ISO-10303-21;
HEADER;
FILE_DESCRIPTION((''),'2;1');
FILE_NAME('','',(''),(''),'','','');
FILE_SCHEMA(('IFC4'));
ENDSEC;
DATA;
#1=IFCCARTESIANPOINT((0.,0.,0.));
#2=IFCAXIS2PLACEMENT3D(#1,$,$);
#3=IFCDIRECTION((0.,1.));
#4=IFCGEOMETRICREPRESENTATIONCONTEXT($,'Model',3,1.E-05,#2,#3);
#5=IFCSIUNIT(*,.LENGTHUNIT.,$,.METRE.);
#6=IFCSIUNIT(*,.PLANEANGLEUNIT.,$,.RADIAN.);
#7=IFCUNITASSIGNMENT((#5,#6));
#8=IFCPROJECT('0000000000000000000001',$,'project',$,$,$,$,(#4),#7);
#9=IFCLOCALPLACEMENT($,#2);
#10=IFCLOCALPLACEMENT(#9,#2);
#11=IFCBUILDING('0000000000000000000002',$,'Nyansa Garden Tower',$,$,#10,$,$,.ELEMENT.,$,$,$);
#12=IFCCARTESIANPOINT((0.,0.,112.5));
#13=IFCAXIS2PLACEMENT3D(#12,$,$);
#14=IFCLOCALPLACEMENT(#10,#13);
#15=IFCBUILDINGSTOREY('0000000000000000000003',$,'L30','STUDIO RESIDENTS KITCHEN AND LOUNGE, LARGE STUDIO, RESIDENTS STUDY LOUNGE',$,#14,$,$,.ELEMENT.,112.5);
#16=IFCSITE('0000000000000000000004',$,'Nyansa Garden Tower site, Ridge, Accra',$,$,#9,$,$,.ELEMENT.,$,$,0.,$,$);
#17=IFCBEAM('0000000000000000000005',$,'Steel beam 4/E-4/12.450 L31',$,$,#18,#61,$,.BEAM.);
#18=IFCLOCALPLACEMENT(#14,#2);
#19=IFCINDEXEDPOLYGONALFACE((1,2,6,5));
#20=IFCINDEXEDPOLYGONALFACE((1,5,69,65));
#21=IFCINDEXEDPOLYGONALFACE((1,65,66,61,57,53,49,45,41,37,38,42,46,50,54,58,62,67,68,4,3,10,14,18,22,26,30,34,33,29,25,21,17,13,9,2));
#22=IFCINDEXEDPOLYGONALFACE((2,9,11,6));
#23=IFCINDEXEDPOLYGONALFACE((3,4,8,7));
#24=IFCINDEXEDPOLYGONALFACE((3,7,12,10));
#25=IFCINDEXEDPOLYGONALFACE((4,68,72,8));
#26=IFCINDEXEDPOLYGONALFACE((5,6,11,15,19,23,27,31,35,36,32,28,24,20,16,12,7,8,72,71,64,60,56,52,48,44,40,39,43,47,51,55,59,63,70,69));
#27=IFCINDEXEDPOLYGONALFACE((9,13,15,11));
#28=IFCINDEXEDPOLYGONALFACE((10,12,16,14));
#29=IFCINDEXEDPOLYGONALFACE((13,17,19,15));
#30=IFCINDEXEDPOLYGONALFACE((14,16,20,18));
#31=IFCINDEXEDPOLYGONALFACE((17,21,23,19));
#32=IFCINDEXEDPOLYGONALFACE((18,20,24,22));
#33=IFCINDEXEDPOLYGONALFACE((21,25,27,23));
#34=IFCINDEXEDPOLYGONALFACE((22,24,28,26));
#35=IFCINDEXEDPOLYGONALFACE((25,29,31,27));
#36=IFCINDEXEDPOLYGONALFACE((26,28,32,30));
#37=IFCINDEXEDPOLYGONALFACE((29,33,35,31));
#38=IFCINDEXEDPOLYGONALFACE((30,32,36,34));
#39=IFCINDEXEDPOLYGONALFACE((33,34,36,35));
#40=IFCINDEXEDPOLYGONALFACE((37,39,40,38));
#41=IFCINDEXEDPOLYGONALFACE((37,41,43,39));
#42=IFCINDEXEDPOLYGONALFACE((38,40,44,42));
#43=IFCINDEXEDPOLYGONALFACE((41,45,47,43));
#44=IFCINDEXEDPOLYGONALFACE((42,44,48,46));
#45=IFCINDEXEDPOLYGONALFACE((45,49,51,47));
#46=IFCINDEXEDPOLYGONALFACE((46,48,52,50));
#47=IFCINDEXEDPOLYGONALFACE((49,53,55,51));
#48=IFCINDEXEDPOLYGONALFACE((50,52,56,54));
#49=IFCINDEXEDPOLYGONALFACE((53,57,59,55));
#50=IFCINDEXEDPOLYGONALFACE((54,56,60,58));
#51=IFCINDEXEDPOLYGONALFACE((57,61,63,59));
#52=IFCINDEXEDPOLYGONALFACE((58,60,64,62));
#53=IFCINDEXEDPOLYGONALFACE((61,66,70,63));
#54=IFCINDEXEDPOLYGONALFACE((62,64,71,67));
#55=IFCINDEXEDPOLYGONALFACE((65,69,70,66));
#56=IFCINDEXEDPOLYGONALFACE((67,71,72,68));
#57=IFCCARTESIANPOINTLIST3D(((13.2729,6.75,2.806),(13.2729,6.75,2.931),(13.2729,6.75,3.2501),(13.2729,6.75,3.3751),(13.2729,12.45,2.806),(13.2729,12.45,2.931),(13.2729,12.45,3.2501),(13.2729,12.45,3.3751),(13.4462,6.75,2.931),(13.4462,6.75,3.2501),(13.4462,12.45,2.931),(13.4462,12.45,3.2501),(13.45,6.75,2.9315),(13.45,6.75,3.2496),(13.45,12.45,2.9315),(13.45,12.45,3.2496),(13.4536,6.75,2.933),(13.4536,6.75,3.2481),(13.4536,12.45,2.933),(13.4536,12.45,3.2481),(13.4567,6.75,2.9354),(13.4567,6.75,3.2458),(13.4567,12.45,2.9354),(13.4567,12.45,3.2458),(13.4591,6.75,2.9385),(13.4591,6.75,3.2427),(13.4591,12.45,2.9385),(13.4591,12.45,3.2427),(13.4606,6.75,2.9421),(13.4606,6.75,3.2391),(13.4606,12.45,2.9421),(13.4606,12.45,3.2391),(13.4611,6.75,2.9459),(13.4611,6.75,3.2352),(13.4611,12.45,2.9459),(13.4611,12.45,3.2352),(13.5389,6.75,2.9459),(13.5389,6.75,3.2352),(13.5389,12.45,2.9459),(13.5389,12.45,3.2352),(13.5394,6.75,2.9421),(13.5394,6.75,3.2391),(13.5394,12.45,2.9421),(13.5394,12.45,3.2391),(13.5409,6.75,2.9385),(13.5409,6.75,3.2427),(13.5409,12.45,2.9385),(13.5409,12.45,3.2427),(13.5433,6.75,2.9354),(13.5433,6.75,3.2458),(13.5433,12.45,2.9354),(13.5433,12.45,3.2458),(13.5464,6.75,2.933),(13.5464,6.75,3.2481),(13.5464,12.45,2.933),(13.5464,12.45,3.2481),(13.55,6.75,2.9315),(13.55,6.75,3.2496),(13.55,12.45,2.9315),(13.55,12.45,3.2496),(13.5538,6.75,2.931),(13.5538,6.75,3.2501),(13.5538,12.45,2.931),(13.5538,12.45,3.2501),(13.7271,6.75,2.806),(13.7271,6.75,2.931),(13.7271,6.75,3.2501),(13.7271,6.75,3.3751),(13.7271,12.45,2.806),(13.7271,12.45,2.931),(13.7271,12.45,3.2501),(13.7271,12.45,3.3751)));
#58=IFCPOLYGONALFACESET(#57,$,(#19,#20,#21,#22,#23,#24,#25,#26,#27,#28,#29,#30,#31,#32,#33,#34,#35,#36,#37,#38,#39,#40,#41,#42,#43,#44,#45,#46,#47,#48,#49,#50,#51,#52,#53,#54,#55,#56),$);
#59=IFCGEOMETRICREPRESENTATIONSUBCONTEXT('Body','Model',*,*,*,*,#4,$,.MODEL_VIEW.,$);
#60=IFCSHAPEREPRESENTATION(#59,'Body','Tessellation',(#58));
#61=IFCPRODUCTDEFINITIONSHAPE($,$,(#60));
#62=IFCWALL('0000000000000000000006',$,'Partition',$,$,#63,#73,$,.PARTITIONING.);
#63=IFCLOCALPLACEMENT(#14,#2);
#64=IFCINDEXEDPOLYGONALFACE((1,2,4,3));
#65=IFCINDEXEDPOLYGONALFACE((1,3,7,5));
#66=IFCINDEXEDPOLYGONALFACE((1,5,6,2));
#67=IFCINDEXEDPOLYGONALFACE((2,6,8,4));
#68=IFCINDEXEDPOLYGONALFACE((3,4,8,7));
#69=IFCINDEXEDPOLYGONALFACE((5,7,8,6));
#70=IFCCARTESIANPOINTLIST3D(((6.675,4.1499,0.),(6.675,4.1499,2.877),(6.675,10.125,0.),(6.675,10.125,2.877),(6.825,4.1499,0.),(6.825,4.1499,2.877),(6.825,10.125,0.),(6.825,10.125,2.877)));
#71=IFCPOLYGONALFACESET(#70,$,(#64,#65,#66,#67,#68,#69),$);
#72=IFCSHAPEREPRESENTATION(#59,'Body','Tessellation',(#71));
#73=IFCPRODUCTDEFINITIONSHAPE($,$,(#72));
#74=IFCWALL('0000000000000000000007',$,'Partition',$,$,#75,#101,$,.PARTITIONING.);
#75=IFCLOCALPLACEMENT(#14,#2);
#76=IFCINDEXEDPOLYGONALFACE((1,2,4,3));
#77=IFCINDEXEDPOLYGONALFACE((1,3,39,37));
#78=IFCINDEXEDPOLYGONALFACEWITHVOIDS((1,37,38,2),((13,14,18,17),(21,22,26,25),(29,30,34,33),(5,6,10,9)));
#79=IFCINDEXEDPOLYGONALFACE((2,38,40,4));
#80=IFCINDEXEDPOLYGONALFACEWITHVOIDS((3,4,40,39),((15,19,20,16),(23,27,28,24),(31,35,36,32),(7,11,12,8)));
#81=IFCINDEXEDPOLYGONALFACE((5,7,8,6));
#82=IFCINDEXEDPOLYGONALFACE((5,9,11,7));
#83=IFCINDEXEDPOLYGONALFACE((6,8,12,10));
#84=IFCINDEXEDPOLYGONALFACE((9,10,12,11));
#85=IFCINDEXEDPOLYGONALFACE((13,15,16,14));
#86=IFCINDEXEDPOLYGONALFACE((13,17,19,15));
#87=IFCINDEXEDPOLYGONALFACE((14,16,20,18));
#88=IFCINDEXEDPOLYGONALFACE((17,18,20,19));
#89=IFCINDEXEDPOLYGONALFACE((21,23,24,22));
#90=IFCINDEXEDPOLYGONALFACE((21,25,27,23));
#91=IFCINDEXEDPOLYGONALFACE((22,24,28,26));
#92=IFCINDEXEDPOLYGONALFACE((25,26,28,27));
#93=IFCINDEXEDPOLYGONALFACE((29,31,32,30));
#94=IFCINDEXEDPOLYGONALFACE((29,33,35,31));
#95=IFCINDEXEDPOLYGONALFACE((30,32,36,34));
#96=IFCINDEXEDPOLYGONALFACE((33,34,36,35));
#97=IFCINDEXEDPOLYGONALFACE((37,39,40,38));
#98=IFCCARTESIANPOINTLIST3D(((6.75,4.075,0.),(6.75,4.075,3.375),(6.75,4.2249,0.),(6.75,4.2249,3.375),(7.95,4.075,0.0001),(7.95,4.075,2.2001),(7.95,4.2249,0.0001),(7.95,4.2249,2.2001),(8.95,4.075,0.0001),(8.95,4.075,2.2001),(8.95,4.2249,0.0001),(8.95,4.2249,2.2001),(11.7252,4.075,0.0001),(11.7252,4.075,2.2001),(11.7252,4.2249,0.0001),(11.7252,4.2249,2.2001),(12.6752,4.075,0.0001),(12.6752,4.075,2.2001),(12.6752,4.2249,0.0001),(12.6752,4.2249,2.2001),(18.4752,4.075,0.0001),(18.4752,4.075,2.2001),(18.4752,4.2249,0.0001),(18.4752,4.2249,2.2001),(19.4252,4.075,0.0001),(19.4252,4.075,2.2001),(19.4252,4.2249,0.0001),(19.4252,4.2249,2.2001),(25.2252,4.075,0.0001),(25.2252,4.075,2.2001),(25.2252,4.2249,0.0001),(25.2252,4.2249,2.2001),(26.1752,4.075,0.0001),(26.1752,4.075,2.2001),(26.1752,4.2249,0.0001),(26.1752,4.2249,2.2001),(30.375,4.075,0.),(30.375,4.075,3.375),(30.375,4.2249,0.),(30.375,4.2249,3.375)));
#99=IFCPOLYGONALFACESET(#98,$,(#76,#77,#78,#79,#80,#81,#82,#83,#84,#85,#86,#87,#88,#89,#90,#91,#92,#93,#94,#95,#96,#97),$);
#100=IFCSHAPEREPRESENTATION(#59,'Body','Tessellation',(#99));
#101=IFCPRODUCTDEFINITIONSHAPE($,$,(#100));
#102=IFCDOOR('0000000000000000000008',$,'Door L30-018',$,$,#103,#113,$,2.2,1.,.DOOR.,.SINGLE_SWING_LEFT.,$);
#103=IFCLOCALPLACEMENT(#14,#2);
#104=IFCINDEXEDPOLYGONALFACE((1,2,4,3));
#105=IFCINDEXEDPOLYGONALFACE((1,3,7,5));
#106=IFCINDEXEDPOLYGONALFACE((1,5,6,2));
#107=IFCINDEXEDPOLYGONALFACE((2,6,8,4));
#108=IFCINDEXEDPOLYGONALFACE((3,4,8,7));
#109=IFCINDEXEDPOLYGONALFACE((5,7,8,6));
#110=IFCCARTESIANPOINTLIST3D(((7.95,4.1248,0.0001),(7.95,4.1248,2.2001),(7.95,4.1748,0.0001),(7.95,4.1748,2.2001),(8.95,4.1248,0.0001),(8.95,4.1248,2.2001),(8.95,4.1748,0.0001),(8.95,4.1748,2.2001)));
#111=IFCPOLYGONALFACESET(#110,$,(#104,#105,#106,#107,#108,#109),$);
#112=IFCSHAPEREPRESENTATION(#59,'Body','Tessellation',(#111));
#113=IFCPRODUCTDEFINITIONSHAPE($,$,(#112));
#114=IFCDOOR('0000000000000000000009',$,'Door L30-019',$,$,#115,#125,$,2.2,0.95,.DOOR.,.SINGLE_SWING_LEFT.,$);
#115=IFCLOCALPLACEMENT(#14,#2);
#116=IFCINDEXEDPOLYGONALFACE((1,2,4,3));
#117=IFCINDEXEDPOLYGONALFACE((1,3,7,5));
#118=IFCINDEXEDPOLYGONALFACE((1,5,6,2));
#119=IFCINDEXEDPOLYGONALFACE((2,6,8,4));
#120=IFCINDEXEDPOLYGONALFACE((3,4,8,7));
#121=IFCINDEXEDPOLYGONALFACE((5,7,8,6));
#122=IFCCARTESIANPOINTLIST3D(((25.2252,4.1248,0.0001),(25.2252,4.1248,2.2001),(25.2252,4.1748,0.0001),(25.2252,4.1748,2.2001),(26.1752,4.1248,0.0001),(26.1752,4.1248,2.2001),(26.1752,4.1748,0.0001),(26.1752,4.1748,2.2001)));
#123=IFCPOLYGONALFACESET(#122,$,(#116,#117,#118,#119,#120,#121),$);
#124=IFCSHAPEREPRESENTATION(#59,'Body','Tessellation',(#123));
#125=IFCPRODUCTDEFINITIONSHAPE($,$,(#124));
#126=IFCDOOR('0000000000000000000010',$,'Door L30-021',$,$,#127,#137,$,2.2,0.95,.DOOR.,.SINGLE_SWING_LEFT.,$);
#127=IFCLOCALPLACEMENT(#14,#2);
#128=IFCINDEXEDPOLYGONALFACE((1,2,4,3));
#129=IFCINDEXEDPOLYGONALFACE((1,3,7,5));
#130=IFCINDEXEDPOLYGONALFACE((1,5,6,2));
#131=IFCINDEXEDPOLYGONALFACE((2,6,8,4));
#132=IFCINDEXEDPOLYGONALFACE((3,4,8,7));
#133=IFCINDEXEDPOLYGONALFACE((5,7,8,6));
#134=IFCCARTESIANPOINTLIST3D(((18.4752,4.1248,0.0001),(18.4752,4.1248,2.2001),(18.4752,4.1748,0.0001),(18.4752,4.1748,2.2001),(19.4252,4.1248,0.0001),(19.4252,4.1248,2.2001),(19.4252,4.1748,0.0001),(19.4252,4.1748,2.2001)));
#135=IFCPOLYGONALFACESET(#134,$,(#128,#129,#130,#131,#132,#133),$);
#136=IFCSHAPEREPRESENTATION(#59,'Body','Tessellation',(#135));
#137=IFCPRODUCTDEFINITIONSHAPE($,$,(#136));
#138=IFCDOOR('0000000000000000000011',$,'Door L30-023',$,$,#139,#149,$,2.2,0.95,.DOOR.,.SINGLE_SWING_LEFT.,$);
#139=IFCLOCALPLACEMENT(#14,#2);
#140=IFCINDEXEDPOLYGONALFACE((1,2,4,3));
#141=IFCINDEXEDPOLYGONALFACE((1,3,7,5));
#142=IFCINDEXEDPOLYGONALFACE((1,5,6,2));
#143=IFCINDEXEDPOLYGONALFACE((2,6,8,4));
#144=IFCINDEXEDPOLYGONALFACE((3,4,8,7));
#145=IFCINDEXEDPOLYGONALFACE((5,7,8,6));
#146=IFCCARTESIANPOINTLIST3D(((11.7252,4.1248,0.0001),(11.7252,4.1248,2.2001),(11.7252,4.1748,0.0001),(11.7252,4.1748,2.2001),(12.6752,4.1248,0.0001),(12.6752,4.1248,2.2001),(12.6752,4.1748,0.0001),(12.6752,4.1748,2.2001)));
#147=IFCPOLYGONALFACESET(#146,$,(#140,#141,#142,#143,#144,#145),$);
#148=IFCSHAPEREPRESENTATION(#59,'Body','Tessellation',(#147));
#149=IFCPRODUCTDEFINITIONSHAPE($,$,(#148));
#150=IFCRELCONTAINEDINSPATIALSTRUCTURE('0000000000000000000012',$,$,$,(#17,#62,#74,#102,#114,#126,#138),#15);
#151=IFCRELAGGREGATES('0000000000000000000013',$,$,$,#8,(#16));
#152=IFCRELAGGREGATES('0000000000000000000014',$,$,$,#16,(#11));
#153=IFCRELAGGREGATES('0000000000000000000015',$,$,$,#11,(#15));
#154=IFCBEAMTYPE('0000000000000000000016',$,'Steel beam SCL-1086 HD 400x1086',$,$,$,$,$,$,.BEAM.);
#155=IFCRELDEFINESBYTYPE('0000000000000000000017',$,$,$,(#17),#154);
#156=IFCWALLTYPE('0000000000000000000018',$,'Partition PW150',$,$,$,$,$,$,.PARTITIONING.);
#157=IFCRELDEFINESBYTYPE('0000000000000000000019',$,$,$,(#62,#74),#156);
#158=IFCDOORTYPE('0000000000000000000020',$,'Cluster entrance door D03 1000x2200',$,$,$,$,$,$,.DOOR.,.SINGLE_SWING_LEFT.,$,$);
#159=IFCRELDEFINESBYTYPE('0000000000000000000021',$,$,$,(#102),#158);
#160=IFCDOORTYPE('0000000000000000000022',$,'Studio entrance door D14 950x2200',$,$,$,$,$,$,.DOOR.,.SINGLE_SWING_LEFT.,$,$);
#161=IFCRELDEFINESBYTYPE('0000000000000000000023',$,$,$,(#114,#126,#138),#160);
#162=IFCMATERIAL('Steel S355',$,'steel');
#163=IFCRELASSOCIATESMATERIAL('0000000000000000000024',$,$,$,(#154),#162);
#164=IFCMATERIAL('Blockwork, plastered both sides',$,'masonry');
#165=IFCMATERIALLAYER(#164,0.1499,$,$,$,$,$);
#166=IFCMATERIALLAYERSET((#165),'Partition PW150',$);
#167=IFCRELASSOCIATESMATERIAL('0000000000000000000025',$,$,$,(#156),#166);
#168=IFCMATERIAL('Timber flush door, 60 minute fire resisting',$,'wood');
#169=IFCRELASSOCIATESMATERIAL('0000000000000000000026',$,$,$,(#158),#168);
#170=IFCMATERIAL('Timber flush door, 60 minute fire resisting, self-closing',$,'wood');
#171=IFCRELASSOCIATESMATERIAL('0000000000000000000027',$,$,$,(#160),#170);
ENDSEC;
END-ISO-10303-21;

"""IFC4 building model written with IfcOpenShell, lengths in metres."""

from ifc_helpers import new_model, si_unit, direction, frame, frame_2d, origin, origin_2d, place, context, subcontext, project, spatial, rectangle, i_section, extrude, material, layer, layer_set, material_profile, profile_set, type_object, element, fill, save


model = new_model("IFC4")

# Units and contexts
model_context = context("Model", 3, precision=1e-05, world=origin(), true_north=direction((0.0, 1.0)))
body_context = subcontext(model_context, "Body", "Model", "MODEL_VIEW")
ifc_project = project(units=[si_unit("LENGTHUNIT", "METRE"), si_unit("PLANEANGLEUNIT", "RADIAN")], contexts=[model_context])

# Site, building, storey
site_placement = place(None, origin())
site = spatial("IfcSite", under=ifc_project, at=site_placement, Name="Nyansa Garden Tower site, Ridge, Accra", CompositionType="ELEMENT", RefElevation=0.0)
building_placement = place(site_placement, origin())
building = spatial("IfcBuilding", under=site, at=building_placement, Name="Nyansa Garden Tower", CompositionType="ELEMENT")
storey_placement = place(building_placement, frame((0.0, 0.0, 112.5)))
storey = spatial("IfcBuildingStorey", under=building, at=storey_placement, Name="L30", Description="STUDIO RESIDENTS KITCHEN AND LOUNGE, LARGE STUDIO, RESIDENTS STUDY LOUNGE", CompositionType="ELEMENT", Elevation=112.5)

# Beam
ifc_material_1 = material(Name="Steel S355", Category="steel")
ifc_material_profile_1 = material_profile(ifc_material_1, i_section(OverallWidth=0.4541, OverallDepth=0.5691, WebThickness=0.0779, FlangeThickness=0.125, FilletRadius=0.0149, at=origin_2d()), Name="HD 400x1086")
ifc_profile_set_1 = profile_set([ifc_material_profile_1], Name="Steel S355")
beam_type_1 = type_object("IfcBeamType", Name="Steel beam SCL-1086 HD 400x1086", PredefinedType="BEAM", material=ifc_profile_set_1)
beam_placement = place(storey_placement, frame((13.5, 6.75, 3.0906), z_axis=(0.0, 1.0, 0.0), x_axis=(-1.0, 0.0, 0.0)))
element("IfcBeam", 1, at=beam_placement, inside=storey, type_object=beam_type_1, Name="Steel beam 4/E-4/12.450 L31", PredefinedType="BEAM", context=body_context, shape_type="SweptSolid", body=[
    extrude(i_section(OverallWidth=0.4541, OverallDepth=0.5691, WebThickness=0.0779, FlangeThickness=0.125, FilletRadius=0.0149, at=origin_2d()), origin(), (0.0, 0.0, 1.0), 5.7),
])

# Wall
ifc_material_2 = material(Name="Blockwork, plastered both sides", Category="masonry")
ifc_layer_1 = layer(ifc_material_2, 0.1499)
ifc_layer_set_1 = layer_set([ifc_layer_1], Name="Partition PW150")
wall_type_1 = type_object("IfcWallType", Name="Partition PW150", PredefinedType="PARTITIONING", material=ifc_layer_set_1)
wall_1_placement = place(storey_placement, frame((6.75, 4.1499, 0.0), z_axis=(0.0, 0.0, 1.0), x_axis=(0.0, 1.0, 0.0)))
element("IfcWall", 2, at=wall_1_placement, inside=storey, type_object=wall_type_1, Name="Partition", PredefinedType="PARTITIONING", context=body_context, shape_type="SweptSolid", body=[
    extrude(rectangle(XDim=5.9751, YDim=0.1499, at=frame_2d((2.9875, 0.0))), origin(), (0.0, 0.0, 1.0), 2.877),
])

# Wall, openings, doors
wall_2_placement = place(storey_placement, frame((6.75, 4.1499, 0.0), z_axis=(0.0, 0.0, 1.0), x_axis=(1.0, 0.0, 0.0)))
wall_2 = element("IfcWall", 3, at=wall_2_placement, inside=storey, type_object=wall_type_1, Name="Partition", PredefinedType="PARTITIONING", context=body_context, shape_type="SweptSolid", body=[
    extrude(rectangle(XDim=23.625, YDim=0.1499, at=frame_2d((11.8125, 0.0))), origin(), (0.0, 0.0, 1.0), 3.375),
])
opening_1_placement = place(wall_2_placement, frame((1.2, 0.0, 0.0)))
opening_1 = element("IfcOpeningElement", 4, at=opening_1_placement, cuts=wall_2, PredefinedType="OPENING", context=body_context, shape_type="SweptSolid", body=[
    extrude(rectangle(XDim=1.0, YDim=2.2, at=frame_2d((0.5, 1.1001))), frame((0.0, 0.085, 0.0), z_axis=(0.0, -1.0, 0.0), x_axis=(1.0, 0.0, 0.0)), (0.0, 0.0, 1.0), 0.1699),
])
opening_2_placement = place(wall_2_placement, frame((18.4751, 0.0, 0.0)))
opening_2 = element("IfcOpeningElement", 5, at=opening_2_placement, cuts=wall_2, PredefinedType="OPENING", context=body_context, shape_type="SweptSolid", body=[
    extrude(rectangle(XDim=0.95, YDim=2.2, at=frame_2d((0.4751, 1.1001))), frame((0.0, 0.085, 0.0), z_axis=(0.0, -1.0, 0.0), x_axis=(1.0, 0.0, 0.0)), (0.0, 0.0, 1.0), 0.1699),
])
opening_3_placement = place(wall_2_placement, frame((11.7251, 0.0, 0.0)))
opening_3 = element("IfcOpeningElement", 6, at=opening_3_placement, cuts=wall_2, PredefinedType="OPENING", context=body_context, shape_type="SweptSolid", body=[
    extrude(rectangle(XDim=0.95, YDim=2.2, at=frame_2d((0.4751, 1.1001))), frame((0.0, 0.085, 0.0), z_axis=(0.0, -1.0, 0.0), x_axis=(1.0, 0.0, 0.0)), (0.0, 0.0, 1.0), 0.1699),
])
opening_4_placement = place(wall_2_placement, frame((4.9751, 0.0, 0.0)))
opening_4 = element("IfcOpeningElement", 7, at=opening_4_placement, cuts=wall_2, PredefinedType="OPENING", context=body_context, shape_type="SweptSolid", body=[
    extrude(rectangle(XDim=0.95, YDim=2.2, at=frame_2d((0.4751, 1.1001))), frame((0.0, 0.085, 0.0), z_axis=(0.0, -1.0, 0.0), x_axis=(1.0, 0.0, 0.0)), (0.0, 0.0, 1.0), 0.1699),
])
ifc_material_3 = material(Name="Timber flush door, 60 minute fire resisting", Category="wood")
door_type_1 = type_object("IfcDoorType", Name="Cluster entrance door D03 1000x2200", OperationType="SINGLE_SWING_LEFT", PredefinedType="DOOR", material=ifc_material_3)
door_1_placement = place(opening_1_placement, origin())
door_1 = element("IfcDoor", 8, at=door_1_placement, inside=storey, type_object=door_type_1, Name="Door L30-018", OperationType="SINGLE_SWING_LEFT", OverallHeight=2.2, OverallWidth=1.0, PredefinedType="DOOR", context=body_context, shape_type="SweptSolid", body=[
    extrude(rectangle(XDim=1.0, YDim=2.2, at=frame_2d((0.5, 1.1001))), frame((0.0, 0.0249, 0.0), z_axis=(0.0, -1.0, 0.0), x_axis=(1.0, 0.0, 0.0)), (0.0, 0.0, 1.0), 0.05),
])
fill(opening_1, door_1)
ifc_material_4 = material(Name="Timber flush door, 60 minute fire resisting, self-closing", Category="wood")
door_type_2 = type_object("IfcDoorType", Name="Studio entrance door D14 950x2200", OperationType="SINGLE_SWING_LEFT", PredefinedType="DOOR", material=ifc_material_4)
door_2_placement = place(opening_2_placement, origin())
door_2 = element("IfcDoor", 9, at=door_2_placement, inside=storey, type_object=door_type_2, Name="Door L30-019", OperationType="SINGLE_SWING_LEFT", OverallHeight=2.2, OverallWidth=0.95, PredefinedType="DOOR", context=body_context, shape_type="SweptSolid", body=[
    extrude(rectangle(XDim=0.95, YDim=2.2, at=frame_2d((0.4751, 1.1001))), frame((0.0, 0.0249, 0.0), z_axis=(0.0, -1.0, 0.0), x_axis=(1.0, 0.0, 0.0)), (0.0, 0.0, 1.0), 0.05),
])
fill(opening_2, door_2)
door_3_placement = place(opening_3_placement, origin())
door_3 = element("IfcDoor", 10, at=door_3_placement, inside=storey, type_object=door_type_2, Name="Door L30-021", OperationType="SINGLE_SWING_LEFT", OverallHeight=2.2, OverallWidth=0.95, PredefinedType="DOOR", context=body_context, shape_type="SweptSolid", body=[
    extrude(rectangle(XDim=0.95, YDim=2.2, at=frame_2d((0.4751, 1.1001))), frame((0.0, 0.0249, 0.0), z_axis=(0.0, -1.0, 0.0), x_axis=(1.0, 0.0, 0.0)), (0.0, 0.0, 1.0), 0.05),
])
fill(opening_3, door_3)
door_4_placement = place(opening_4_placement, origin())
door_4 = element("IfcDoor", 11, at=door_4_placement, inside=storey, type_object=door_type_2, Name="Door L30-023", OperationType="SINGLE_SWING_LEFT", OverallHeight=2.2, OverallWidth=0.95, PredefinedType="DOOR", context=body_context, shape_type="SweptSolid", body=[
    extrude(rectangle(XDim=0.95, YDim=2.2, at=frame_2d((0.4751, 1.1001))), frame((0.0, 0.0249, 0.0), z_axis=(0.0, -1.0, 0.0), x_axis=(1.0, 0.0, 0.0)), (0.0, 0.0, 1.0), 0.05),
])
fill(opening_4, door_4)

save(model, "model.ifc")
